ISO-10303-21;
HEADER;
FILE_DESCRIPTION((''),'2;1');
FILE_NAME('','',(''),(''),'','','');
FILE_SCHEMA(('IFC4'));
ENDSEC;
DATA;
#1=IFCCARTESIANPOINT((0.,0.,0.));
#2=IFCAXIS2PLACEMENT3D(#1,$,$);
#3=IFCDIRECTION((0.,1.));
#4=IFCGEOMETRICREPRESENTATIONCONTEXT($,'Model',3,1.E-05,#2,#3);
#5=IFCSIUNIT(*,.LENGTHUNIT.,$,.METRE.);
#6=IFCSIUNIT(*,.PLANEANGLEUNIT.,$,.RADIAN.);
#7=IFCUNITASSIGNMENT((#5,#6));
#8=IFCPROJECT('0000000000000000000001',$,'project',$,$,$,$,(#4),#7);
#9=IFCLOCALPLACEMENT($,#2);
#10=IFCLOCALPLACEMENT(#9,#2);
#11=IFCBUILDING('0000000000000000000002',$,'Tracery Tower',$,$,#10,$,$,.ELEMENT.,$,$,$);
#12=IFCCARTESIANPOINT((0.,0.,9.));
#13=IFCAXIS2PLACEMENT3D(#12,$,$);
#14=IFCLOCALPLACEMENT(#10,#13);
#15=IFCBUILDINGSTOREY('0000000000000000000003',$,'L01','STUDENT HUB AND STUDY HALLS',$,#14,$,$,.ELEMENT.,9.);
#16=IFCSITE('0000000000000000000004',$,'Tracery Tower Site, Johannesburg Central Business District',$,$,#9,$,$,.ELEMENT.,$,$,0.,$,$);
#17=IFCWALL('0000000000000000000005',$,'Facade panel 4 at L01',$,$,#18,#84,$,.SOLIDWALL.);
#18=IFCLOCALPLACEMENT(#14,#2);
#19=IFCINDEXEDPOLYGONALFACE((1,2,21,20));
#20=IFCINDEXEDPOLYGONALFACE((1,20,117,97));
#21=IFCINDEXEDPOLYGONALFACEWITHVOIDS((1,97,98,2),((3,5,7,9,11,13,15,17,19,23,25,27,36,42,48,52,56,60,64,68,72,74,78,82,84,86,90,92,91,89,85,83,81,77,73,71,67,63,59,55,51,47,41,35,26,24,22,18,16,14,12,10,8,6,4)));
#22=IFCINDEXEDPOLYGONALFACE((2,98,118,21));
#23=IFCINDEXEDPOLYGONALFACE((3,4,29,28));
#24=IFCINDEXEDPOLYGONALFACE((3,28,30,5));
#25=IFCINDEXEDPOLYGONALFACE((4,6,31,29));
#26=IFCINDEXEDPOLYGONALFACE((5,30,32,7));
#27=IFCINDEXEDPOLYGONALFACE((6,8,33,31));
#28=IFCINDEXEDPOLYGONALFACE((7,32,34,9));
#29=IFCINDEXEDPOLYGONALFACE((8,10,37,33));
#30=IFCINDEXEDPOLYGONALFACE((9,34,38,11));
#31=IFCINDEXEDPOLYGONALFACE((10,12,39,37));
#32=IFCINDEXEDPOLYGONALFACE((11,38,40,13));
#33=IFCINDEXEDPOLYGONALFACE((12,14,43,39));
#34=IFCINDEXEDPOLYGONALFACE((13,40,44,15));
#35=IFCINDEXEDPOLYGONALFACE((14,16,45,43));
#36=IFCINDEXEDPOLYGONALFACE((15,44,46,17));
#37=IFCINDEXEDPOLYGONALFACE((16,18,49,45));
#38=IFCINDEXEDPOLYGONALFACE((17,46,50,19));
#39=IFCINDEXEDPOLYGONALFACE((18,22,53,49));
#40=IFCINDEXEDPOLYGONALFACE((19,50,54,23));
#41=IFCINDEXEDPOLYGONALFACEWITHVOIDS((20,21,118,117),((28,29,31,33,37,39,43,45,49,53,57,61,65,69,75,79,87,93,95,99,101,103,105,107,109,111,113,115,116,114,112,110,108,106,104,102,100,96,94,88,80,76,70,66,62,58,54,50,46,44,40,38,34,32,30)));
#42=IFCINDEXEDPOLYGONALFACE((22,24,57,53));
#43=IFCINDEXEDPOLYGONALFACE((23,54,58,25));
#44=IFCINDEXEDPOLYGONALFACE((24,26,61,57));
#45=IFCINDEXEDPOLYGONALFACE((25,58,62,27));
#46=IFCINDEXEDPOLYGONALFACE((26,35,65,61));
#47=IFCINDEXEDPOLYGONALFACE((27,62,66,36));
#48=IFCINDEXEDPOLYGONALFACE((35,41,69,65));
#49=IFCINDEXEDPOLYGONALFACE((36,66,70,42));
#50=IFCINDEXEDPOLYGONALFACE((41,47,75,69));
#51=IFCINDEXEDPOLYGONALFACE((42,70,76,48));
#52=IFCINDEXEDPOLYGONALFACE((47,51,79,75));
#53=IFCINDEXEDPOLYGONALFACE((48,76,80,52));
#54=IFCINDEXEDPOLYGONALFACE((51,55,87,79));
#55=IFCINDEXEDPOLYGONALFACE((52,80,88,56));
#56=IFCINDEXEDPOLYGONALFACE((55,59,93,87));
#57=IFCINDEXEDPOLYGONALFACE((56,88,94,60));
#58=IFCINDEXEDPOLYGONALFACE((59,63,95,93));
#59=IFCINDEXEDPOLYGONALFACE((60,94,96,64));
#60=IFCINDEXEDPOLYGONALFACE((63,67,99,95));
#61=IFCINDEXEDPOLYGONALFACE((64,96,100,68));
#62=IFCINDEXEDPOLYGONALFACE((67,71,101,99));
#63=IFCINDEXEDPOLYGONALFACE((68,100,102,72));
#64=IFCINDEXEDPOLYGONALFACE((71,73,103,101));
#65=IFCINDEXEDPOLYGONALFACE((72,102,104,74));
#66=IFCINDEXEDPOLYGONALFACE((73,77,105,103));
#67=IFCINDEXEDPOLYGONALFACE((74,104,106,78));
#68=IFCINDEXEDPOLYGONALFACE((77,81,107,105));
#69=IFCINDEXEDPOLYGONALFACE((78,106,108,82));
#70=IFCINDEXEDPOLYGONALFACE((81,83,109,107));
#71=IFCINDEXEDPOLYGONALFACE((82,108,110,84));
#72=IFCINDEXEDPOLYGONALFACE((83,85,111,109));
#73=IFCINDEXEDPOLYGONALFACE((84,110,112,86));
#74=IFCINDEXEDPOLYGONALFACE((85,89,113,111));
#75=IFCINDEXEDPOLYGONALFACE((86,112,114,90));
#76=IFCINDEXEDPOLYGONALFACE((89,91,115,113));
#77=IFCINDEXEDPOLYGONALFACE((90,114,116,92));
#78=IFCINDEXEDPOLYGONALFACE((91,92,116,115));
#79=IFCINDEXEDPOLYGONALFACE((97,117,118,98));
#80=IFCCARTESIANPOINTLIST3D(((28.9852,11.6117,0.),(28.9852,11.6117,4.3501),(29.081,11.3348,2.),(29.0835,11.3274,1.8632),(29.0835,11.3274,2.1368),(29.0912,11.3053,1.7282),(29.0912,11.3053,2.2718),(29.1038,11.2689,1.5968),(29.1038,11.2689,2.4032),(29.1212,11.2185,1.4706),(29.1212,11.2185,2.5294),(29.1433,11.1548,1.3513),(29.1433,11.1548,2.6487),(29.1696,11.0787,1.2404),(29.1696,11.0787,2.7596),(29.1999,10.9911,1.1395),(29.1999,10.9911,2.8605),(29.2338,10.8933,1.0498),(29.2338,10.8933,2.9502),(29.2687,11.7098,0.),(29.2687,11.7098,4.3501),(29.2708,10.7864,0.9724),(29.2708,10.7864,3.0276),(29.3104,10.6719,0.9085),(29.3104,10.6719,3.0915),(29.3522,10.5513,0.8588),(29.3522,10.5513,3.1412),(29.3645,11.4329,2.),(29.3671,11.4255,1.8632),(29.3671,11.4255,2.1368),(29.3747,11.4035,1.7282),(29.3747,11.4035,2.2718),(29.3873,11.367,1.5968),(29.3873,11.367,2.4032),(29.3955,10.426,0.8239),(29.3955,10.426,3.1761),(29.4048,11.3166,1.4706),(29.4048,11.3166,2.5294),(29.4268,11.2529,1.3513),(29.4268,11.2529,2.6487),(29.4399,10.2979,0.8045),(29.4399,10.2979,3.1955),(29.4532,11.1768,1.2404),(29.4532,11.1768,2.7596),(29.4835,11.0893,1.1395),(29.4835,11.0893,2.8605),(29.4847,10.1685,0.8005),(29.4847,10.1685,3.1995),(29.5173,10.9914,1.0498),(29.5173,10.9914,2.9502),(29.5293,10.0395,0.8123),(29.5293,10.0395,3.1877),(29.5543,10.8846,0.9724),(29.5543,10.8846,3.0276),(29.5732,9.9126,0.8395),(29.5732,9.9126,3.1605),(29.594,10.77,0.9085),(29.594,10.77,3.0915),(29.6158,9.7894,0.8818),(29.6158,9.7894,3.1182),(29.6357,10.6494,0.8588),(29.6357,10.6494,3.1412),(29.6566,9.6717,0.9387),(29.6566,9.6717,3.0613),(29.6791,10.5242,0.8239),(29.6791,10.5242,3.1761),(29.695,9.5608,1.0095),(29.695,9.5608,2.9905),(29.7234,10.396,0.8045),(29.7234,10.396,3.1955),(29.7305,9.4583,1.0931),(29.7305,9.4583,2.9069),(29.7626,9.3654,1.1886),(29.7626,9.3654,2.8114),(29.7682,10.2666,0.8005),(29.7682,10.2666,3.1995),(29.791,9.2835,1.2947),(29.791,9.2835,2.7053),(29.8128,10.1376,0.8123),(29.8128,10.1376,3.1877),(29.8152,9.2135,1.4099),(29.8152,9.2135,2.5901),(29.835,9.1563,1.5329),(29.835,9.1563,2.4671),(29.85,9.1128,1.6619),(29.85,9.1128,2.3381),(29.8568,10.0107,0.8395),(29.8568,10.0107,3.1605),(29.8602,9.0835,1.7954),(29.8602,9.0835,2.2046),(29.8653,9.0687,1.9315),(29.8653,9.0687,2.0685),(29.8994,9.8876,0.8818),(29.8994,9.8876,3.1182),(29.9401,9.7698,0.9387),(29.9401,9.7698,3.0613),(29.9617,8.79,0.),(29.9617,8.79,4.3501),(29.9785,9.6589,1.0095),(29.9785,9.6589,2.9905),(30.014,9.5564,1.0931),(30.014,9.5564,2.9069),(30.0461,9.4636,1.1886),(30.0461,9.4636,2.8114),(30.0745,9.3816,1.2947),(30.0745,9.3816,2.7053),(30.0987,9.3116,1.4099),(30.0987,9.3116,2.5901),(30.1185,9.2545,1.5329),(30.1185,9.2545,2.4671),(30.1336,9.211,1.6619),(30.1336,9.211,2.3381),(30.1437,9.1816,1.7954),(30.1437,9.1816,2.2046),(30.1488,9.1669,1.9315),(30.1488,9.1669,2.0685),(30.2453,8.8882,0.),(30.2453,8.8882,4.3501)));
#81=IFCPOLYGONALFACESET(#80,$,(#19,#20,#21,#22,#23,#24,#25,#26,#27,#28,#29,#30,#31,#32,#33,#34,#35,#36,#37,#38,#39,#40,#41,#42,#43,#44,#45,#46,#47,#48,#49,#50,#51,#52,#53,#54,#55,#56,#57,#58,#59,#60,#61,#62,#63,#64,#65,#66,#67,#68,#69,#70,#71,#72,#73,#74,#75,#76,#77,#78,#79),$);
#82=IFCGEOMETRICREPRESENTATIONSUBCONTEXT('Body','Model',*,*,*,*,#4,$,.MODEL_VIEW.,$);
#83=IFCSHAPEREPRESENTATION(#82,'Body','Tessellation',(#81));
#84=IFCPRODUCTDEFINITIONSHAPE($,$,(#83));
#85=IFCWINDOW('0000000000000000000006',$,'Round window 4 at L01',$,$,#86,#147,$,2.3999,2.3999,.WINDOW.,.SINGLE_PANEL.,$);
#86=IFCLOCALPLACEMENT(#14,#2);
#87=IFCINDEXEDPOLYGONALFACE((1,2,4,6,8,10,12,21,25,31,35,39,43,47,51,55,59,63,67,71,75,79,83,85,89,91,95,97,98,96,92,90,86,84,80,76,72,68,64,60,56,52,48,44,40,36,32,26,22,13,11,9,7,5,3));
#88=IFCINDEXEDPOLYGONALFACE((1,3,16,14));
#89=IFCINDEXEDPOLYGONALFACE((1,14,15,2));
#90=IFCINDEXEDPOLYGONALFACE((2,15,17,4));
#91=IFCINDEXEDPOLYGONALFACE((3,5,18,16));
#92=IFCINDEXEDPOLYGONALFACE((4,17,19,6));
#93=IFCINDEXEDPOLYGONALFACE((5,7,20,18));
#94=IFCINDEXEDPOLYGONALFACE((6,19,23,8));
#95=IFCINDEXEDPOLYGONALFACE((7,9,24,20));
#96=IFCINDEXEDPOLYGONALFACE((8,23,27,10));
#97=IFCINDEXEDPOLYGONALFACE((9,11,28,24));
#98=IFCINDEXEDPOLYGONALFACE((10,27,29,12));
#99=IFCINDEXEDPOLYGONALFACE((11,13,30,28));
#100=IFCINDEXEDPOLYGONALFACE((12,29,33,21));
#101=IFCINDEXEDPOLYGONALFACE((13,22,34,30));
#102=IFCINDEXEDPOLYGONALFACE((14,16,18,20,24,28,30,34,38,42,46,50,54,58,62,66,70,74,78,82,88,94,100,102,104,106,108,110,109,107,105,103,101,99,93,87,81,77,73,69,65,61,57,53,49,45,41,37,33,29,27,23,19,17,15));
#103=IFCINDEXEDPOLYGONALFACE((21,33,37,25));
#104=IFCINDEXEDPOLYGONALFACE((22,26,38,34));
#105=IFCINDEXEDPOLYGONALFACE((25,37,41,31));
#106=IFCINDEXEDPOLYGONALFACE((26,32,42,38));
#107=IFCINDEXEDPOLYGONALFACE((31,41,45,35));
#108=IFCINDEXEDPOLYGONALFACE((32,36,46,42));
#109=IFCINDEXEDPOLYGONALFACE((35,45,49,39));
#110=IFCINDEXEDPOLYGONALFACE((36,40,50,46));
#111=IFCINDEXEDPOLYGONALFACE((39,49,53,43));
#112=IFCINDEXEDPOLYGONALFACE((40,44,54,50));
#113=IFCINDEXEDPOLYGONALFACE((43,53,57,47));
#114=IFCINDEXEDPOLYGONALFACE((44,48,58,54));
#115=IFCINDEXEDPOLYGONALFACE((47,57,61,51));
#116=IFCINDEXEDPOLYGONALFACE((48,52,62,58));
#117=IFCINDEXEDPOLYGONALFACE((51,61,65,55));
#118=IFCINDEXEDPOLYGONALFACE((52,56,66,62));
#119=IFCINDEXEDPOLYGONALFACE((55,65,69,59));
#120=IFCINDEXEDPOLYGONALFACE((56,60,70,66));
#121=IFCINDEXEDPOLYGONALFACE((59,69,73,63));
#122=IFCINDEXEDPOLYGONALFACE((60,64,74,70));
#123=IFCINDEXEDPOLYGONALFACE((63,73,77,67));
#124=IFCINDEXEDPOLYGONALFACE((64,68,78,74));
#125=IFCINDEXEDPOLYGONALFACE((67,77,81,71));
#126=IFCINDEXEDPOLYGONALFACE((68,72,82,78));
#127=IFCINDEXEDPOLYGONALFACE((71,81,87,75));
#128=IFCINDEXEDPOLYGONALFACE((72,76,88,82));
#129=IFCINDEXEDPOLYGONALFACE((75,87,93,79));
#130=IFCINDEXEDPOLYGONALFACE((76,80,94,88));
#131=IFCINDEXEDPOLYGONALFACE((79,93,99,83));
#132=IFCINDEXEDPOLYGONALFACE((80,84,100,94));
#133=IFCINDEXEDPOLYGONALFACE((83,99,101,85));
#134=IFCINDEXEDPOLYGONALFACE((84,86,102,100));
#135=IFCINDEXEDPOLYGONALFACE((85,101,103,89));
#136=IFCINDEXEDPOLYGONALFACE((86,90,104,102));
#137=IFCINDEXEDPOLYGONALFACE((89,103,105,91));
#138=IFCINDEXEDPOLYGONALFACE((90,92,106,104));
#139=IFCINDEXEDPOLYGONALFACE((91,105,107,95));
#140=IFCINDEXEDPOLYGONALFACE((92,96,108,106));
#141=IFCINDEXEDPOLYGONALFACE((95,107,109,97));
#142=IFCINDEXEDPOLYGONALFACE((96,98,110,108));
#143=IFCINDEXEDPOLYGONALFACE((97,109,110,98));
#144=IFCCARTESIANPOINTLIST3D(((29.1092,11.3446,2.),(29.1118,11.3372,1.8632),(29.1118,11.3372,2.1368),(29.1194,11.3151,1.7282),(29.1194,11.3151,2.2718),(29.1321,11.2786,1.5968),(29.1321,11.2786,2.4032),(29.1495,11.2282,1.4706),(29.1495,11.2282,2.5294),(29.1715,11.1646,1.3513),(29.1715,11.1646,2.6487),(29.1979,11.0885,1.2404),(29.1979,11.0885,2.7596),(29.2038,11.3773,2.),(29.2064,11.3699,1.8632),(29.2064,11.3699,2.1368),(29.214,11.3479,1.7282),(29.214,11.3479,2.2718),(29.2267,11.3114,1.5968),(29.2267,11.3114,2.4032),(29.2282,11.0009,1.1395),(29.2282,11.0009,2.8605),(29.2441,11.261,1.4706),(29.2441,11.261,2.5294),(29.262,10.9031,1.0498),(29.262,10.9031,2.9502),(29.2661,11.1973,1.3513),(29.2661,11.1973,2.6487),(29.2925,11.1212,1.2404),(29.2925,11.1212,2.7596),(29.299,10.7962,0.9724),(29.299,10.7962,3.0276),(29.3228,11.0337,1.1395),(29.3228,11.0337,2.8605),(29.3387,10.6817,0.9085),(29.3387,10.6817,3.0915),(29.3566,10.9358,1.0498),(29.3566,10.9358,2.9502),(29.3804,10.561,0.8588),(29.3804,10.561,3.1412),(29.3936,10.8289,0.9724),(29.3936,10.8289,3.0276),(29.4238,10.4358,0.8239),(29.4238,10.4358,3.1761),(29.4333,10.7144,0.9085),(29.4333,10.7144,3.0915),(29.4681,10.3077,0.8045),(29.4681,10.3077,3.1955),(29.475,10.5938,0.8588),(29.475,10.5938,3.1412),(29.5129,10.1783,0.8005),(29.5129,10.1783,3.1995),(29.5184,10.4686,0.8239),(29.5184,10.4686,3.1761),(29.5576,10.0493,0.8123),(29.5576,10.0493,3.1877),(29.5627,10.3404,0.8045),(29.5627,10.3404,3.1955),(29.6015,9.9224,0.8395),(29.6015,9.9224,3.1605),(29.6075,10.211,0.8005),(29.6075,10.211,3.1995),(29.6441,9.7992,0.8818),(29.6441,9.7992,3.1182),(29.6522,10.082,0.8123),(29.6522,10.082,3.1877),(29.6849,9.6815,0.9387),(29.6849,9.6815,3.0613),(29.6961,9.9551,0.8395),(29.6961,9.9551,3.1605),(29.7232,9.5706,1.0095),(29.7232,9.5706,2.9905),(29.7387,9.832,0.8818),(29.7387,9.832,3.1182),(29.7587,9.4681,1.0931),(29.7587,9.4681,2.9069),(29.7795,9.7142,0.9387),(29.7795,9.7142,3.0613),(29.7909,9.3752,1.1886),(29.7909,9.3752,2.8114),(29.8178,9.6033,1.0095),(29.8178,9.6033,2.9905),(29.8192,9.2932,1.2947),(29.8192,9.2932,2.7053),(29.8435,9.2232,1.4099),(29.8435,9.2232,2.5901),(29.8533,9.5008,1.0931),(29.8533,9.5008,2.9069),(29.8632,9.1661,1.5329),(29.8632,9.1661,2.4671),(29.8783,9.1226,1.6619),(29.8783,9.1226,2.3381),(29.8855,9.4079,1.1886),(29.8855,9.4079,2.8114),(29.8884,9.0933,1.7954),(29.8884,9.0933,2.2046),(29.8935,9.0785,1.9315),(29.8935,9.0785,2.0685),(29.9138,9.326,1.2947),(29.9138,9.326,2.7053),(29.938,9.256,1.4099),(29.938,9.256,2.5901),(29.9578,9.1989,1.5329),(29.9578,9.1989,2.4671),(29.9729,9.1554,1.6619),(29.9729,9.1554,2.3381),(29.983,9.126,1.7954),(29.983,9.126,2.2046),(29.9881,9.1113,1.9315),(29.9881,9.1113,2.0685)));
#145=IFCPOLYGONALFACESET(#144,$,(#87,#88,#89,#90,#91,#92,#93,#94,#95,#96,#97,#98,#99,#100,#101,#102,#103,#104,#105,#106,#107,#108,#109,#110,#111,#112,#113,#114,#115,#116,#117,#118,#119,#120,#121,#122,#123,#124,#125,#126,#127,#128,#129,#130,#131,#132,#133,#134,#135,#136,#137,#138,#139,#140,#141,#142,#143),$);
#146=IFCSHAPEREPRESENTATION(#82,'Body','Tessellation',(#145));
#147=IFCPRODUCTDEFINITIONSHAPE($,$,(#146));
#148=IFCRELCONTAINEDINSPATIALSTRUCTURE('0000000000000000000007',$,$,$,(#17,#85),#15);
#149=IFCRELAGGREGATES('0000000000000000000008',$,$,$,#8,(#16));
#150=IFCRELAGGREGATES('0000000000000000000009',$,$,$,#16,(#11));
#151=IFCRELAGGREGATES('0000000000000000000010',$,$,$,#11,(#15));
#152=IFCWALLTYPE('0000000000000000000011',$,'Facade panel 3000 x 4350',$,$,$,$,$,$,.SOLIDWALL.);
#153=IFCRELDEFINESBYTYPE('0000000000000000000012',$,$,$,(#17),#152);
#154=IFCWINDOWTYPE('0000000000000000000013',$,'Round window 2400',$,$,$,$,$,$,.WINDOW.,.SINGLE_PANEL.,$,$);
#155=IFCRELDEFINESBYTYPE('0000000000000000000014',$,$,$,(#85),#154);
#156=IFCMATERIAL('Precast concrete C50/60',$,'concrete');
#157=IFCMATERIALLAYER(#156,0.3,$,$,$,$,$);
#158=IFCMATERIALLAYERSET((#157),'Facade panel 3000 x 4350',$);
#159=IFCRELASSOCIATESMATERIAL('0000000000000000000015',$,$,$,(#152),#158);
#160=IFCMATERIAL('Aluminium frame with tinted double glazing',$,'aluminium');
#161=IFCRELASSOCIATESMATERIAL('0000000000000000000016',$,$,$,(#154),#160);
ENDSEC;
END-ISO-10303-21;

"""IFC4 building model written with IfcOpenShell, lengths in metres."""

from ifc_helpers import new_model, si_unit, direction, frame, frame_2d, origin, origin_2d, place, context, subcontext, project, spatial, rectangle, circle, extrude, material, layer, layer_set, type_object, element, fill, save


model = new_model("IFC4")

# Units and contexts
model_context = context("Model", 3, precision=1e-05, world=origin(), true_north=direction((0.0, 1.0)))
body_context = subcontext(model_context, "Body", "Model", "MODEL_VIEW")
ifc_project = project(units=[si_unit("LENGTHUNIT", "METRE"), si_unit("PLANEANGLEUNIT", "RADIAN")], contexts=[model_context])

# Site, building, storey
site_placement = place(None, origin())
site = spatial("IfcSite", under=ifc_project, at=site_placement, Name="Tracery Tower Site, Johannesburg Central Business District", CompositionType="ELEMENT", RefElevation=0.0)
building_placement = place(site_placement, origin())
building = spatial("IfcBuilding", under=site, at=building_placement, Name="Tracery Tower", CompositionType="ELEMENT")
storey_placement = place(building_placement, frame((0.0, 0.0, 9.0)))
storey = spatial("IfcBuildingStorey", under=building, at=storey_placement, Name="L01", Description="STUDENT HUB AND STUDY HALLS", CompositionType="ELEMENT", Elevation=9.0)

# Wall, opening, window
ifc_material_1 = material(Name="Precast concrete C50/60", Category="concrete")
ifc_layer_1 = layer(ifc_material_1, 0.3)
ifc_layer_set_1 = layer_set([ifc_layer_1], Name="Facade panel 3000 x 4350")
wall_type_1 = type_object("IfcWallType", Name="Facade panel 3000 x 4350", PredefinedType="SOLIDWALL", material=ifc_layer_set_1)
ifc_material_2 = material(Name="Aluminium frame with tinted double glazing", Category="aluminium")
window_type = type_object("IfcWindowType", Name="Round window 2400", PartitioningType="SINGLE_PANEL", PredefinedType="WINDOW", material=ifc_material_2)
wall_1_placement = place(storey_placement, frame((30.1035, 8.8391, 0.0), z_axis=(0.0, 0.0, 1.0), x_axis=(-0.327074, 0.944999, 0.0)))
wall_1 = element("IfcWall", 1, at=wall_1_placement, inside=storey, type_object=wall_type_1, Name="Facade panel 4 at L01", PredefinedType="SOLIDWALL", context=body_context, shape_type="SweptSolid", body=[
    extrude(rectangle(XDim=2.9858, YDim=0.3, at=frame_2d((1.4929, 0.0))), origin(), (0.0, 0.0, 1.0), 4.3501),
])
opening_1_placement = place(wall_1_placement, frame((1.4929, 0.0, 2.0)))
opening_1 = element("IfcOpeningElement", 2, at=opening_1_placement, cuts=wall_1, PredefinedType="OPENING", context=body_context, shape_type="SweptSolid", body=[
    extrude(circle(Radius=1.2, at=origin_2d()), frame((0.0, 0.1599, 0.0), z_axis=(0.0, -1.0, 0.0), x_axis=(1.0, 0.0, 0.0)), (0.0, 0.0, 1.0), 0.3201),
])
window_1_placement = place(opening_1_placement, origin())
window_1 = element("IfcWindow", 3, at=window_1_placement, inside=storey, type_object=window_type, Name="Round window 4 at L01", OverallHeight=2.3999, OverallWidth=2.3999, PartitioningType="SINGLE_PANEL", PredefinedType="WINDOW", context=body_context, shape_type="SweptSolid", body=[
    extrude(circle(Radius=1.2, at=origin_2d()), frame((0.0, 0.1201, 0.0), z_axis=(0.0, -1.0, 0.0), x_axis=(1.0, 0.0, 0.0)), (0.0, 0.0, 1.0), 0.1001),
])
fill(opening_1, window_1)

save(model, "model.ifc")
